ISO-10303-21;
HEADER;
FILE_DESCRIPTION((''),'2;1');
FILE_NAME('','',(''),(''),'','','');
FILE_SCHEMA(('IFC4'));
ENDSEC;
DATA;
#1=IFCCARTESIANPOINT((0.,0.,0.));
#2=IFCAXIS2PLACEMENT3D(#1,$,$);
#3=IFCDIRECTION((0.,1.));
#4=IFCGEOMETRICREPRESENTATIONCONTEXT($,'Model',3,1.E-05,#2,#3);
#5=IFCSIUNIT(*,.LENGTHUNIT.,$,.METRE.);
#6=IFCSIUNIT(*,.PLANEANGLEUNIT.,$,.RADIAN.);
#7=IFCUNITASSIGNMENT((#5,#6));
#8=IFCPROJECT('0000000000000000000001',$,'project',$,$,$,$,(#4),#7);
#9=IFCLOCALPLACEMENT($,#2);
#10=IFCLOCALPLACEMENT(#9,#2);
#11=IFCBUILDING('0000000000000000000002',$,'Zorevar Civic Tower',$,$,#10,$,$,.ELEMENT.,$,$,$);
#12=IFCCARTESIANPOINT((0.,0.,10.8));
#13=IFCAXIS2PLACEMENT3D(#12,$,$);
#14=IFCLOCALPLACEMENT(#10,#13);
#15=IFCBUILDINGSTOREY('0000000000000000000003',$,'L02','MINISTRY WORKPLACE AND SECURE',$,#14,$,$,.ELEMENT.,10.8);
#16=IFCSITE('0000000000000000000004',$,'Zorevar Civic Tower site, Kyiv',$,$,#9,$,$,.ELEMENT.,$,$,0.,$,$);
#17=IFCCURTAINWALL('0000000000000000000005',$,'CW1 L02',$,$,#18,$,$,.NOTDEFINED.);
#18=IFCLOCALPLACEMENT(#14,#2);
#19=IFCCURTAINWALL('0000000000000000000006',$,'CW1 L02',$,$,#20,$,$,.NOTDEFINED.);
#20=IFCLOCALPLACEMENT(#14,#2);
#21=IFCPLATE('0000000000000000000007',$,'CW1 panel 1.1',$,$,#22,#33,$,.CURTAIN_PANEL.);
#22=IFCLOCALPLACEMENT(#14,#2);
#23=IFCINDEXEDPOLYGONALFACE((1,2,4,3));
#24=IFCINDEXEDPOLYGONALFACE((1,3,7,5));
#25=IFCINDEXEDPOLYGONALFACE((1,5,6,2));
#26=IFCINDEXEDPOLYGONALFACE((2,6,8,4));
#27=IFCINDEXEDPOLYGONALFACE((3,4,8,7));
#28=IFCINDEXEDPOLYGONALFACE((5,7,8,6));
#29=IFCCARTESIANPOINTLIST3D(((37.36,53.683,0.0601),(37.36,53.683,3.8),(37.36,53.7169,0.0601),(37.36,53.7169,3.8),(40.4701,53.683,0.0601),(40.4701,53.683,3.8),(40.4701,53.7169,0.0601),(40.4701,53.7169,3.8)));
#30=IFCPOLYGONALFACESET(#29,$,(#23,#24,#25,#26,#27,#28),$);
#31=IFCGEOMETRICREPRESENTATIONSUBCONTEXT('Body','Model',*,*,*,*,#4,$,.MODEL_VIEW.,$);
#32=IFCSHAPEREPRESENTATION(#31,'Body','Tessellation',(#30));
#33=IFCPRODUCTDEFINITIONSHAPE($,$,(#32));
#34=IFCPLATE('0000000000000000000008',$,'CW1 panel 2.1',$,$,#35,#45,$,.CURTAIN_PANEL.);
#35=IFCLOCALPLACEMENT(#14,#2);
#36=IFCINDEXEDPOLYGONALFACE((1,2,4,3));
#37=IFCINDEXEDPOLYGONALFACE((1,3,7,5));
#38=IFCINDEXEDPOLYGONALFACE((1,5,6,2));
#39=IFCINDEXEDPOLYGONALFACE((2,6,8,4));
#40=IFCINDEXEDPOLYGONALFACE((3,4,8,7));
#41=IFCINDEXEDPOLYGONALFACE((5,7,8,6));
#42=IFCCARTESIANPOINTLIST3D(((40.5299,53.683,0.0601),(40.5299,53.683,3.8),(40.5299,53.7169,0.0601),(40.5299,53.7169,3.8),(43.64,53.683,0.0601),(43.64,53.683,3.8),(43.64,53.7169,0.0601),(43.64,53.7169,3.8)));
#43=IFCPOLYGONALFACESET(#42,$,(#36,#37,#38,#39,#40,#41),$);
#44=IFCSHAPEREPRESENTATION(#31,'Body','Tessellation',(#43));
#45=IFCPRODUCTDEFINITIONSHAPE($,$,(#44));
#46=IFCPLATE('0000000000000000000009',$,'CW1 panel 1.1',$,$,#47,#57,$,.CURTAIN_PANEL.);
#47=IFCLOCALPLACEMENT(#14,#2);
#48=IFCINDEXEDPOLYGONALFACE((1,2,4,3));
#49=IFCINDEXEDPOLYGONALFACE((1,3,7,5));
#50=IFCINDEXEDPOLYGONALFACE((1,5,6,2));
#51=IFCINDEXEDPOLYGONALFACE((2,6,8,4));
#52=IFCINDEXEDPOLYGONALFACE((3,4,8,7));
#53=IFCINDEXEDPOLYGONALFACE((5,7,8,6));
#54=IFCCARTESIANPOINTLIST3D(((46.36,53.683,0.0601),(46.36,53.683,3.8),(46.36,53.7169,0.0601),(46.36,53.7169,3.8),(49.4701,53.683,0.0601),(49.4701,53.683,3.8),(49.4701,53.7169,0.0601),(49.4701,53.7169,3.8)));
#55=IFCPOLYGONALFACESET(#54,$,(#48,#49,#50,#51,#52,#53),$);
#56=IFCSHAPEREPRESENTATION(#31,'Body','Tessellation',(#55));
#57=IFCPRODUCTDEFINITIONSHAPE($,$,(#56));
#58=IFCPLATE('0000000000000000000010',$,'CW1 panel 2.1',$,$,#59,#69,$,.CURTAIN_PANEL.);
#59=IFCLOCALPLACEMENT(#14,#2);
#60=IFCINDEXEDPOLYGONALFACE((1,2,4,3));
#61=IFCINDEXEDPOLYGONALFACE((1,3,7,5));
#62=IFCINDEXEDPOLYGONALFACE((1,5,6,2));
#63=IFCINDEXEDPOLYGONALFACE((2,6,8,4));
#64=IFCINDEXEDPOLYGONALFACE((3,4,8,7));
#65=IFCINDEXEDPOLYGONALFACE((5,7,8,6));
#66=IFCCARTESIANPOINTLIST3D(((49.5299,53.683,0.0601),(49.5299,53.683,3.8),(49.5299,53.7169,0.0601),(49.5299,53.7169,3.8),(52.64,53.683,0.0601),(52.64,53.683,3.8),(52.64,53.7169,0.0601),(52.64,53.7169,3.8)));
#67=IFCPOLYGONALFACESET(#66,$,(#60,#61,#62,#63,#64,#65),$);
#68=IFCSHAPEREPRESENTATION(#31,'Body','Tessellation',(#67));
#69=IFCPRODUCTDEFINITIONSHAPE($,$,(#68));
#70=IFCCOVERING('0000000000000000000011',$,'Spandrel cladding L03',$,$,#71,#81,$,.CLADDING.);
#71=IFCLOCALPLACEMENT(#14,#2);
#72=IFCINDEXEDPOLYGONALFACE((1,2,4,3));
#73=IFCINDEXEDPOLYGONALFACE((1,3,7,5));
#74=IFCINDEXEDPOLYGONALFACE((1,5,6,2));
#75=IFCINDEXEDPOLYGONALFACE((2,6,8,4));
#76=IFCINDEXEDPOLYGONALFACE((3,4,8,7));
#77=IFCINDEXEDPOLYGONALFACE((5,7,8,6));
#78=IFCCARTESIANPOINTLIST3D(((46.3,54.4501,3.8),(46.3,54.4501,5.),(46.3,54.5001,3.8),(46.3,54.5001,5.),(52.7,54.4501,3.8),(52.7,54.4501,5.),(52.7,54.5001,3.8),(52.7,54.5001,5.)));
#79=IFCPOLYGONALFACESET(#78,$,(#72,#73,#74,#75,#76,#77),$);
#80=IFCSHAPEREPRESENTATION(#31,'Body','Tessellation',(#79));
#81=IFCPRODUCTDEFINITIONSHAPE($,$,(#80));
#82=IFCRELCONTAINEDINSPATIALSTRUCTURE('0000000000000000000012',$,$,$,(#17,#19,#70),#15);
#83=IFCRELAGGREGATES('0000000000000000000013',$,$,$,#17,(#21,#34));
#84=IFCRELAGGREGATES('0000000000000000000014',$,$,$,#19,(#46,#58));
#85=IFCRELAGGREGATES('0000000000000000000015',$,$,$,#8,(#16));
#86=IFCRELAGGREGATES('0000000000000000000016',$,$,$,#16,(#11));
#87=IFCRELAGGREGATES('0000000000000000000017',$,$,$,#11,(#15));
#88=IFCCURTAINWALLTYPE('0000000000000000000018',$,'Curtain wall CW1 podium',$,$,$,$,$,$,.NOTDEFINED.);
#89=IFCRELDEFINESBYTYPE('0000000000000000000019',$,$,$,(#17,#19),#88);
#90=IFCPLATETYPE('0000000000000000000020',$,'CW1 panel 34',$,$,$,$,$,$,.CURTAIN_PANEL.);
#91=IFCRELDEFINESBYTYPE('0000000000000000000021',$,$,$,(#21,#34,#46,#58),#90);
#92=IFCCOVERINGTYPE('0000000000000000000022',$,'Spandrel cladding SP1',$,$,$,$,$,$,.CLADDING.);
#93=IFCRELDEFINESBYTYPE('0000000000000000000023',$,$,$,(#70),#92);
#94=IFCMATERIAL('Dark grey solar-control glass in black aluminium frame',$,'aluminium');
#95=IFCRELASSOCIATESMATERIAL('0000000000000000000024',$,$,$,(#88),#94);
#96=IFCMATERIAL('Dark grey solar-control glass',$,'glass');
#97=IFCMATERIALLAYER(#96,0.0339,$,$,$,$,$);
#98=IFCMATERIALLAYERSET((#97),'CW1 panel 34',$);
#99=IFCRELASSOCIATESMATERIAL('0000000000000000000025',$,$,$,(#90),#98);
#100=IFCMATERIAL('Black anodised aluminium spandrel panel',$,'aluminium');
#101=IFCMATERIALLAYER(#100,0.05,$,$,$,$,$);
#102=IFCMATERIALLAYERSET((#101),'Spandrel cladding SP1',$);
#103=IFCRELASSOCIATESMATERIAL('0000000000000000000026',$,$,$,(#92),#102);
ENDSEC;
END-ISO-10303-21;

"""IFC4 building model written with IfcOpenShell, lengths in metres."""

from ifc_helpers import new_model, si_unit, direction, frame, frame_2d, origin, origin_2d, place, context, subcontext, project, spatial, rectangle, extrude, material, layer, layer_set, type_object, element, aggregate, save


model = new_model("IFC4")

# Units and contexts
model_context = context("Model", 3, precision=1e-05, world=origin(), true_north=direction((0.0, 1.0)))
body_context = subcontext(model_context, "Body", "Model", "MODEL_VIEW")
ifc_project = project(units=[si_unit("LENGTHUNIT", "METRE"), si_unit("PLANEANGLEUNIT", "RADIAN")], contexts=[model_context])

# Site, building, storey
site_placement = place(None, origin())
site = spatial("IfcSite", under=ifc_project, at=site_placement, Name="Zorevar Civic Tower site, Kyiv", CompositionType="ELEMENT", RefElevation=0.0)
building_placement = place(site_placement, origin())
building = spatial("IfcBuilding", under=site, at=building_placement, Name="Zorevar Civic Tower", CompositionType="ELEMENT")
storey_placement = place(building_placement, frame((0.0, 0.0, 10.8)))
storey = spatial("IfcBuildingStorey", under=building, at=storey_placement, Name="L02", Description="MINISTRY WORKPLACE AND SECURE", CompositionType="ELEMENT", Elevation=10.8)

# Curtain walls
ifc_material_1 = material(Name="Dark grey solar-control glass in black aluminium frame", Category="aluminium")
curtain_wall_type = type_object("IfcCurtainWallType", Name="Curtain wall CW1 podium", PredefinedType="NOTDEFINED", material=ifc_material_1)
curtain_wall_1_placement = place(storey_placement, origin())
curtain_wall_1 = element("IfcCurtainWall", 1, at=curtain_wall_1_placement, inside=storey, type_object=curtain_wall_type, Name="CW1 L02", PredefinedType="NOTDEFINED")
curtain_wall_2_placement = place(storey_placement, origin())
curtain_wall_2 = element("IfcCurtainWall", 2, at=curtain_wall_2_placement, inside=storey, type_object=curtain_wall_type, Name="CW1 L02", PredefinedType="NOTDEFINED")

# Plates
ifc_material_2 = material(Name="Dark grey solar-control glass", Category="glass")
ifc_layer_1 = layer(ifc_material_2, 0.0339)
ifc_layer_set_1 = layer_set([ifc_layer_1], Name="CW1 panel 34")
plate_type = type_object("IfcPlateType", Name="CW1 panel 34", PredefinedType="CURTAIN_PANEL", material=ifc_layer_set_1)
plate_1_placement = place(storey_placement, frame((38.915, 53.7, 0.0601), z_axis=(0.0, 0.0, 1.0), x_axis=(1.0, 0.0, 0.0)))
plate_1 = element("IfcPlate", 3, at=plate_1_placement, type_object=plate_type, Name="CW1 panel 1.1", PredefinedType="CURTAIN_PANEL", context=body_context, shape_type="SweptSolid", body=[
    extrude(rectangle(XDim=3.1101, YDim=0.0339, at=origin_2d()), origin(), (0.0, 0.0, 1.0), 3.74),
])
plate_2_placement = place(storey_placement, frame((42.085, 53.7, 0.0601), z_axis=(0.0, 0.0, 1.0), x_axis=(1.0, 0.0, 0.0)))
plate_2 = element("IfcPlate", 4, at=plate_2_placement, type_object=plate_type, Name="CW1 panel 2.1", PredefinedType="CURTAIN_PANEL", context=body_context, shape_type="SweptSolid", body=[
    extrude(rectangle(XDim=3.1101, YDim=0.0339, at=origin_2d()), origin(), (0.0, 0.0, 1.0), 3.74),
])
aggregate(curtain_wall_1, [plate_1, plate_2])
plate_3_placement = place(storey_placement, frame((47.915, 53.7, 0.0601), z_axis=(0.0, 0.0, 1.0), x_axis=(1.0, 0.0, 0.0)))
plate_3 = element("IfcPlate", 5, at=plate_3_placement, type_object=plate_type, Name="CW1 panel 1.1", PredefinedType="CURTAIN_PANEL", context=body_context, shape_type="SweptSolid", body=[
    extrude(rectangle(XDim=3.1101, YDim=0.0339, at=origin_2d()), origin(), (0.0, 0.0, 1.0), 3.74),
])
plate_4_placement = place(storey_placement, frame((51.085, 53.7, 0.0601), z_axis=(0.0, 0.0, 1.0), x_axis=(1.0, 0.0, 0.0)))
plate_4 = element("IfcPlate", 6, at=plate_4_placement, type_object=plate_type, Name="CW1 panel 2.1", PredefinedType="CURTAIN_PANEL", context=body_context, shape_type="SweptSolid", body=[
    extrude(rectangle(XDim=3.1101, YDim=0.0339, at=origin_2d()), origin(), (0.0, 0.0, 1.0), 3.74),
])
aggregate(curtain_wall_2, [plate_3, plate_4])

# Covering
ifc_material_3 = material(Name="Black anodised aluminium spandrel panel", Category="aluminium")
ifc_layer_2 = layer(ifc_material_3, 0.05)
ifc_layer_set_2 = layer_set([ifc_layer_2], Name="Spandrel cladding SP1")
covering_type = type_object("IfcCoveringType", Name="Spandrel cladding SP1", PredefinedType="CLADDING", material=ifc_layer_set_2)
covering_placement = place(storey_placement, frame((46.3, 54.4751, 3.8), z_axis=(0.0, 0.0, 1.0), x_axis=(1.0, 0.0, 0.0)))
element("IfcCovering", 7, at=covering_placement, inside=storey, type_object=covering_type, Name="Spandrel cladding L03", PredefinedType="CLADDING", context=body_context, shape_type="SweptSolid", body=[
    extrude(rectangle(XDim=6.3999, YDim=0.05, at=frame_2d((3.2, 0.0))), origin(), (0.0, 0.0, 1.0), 1.2),
])

save(model, "model.ifc")
